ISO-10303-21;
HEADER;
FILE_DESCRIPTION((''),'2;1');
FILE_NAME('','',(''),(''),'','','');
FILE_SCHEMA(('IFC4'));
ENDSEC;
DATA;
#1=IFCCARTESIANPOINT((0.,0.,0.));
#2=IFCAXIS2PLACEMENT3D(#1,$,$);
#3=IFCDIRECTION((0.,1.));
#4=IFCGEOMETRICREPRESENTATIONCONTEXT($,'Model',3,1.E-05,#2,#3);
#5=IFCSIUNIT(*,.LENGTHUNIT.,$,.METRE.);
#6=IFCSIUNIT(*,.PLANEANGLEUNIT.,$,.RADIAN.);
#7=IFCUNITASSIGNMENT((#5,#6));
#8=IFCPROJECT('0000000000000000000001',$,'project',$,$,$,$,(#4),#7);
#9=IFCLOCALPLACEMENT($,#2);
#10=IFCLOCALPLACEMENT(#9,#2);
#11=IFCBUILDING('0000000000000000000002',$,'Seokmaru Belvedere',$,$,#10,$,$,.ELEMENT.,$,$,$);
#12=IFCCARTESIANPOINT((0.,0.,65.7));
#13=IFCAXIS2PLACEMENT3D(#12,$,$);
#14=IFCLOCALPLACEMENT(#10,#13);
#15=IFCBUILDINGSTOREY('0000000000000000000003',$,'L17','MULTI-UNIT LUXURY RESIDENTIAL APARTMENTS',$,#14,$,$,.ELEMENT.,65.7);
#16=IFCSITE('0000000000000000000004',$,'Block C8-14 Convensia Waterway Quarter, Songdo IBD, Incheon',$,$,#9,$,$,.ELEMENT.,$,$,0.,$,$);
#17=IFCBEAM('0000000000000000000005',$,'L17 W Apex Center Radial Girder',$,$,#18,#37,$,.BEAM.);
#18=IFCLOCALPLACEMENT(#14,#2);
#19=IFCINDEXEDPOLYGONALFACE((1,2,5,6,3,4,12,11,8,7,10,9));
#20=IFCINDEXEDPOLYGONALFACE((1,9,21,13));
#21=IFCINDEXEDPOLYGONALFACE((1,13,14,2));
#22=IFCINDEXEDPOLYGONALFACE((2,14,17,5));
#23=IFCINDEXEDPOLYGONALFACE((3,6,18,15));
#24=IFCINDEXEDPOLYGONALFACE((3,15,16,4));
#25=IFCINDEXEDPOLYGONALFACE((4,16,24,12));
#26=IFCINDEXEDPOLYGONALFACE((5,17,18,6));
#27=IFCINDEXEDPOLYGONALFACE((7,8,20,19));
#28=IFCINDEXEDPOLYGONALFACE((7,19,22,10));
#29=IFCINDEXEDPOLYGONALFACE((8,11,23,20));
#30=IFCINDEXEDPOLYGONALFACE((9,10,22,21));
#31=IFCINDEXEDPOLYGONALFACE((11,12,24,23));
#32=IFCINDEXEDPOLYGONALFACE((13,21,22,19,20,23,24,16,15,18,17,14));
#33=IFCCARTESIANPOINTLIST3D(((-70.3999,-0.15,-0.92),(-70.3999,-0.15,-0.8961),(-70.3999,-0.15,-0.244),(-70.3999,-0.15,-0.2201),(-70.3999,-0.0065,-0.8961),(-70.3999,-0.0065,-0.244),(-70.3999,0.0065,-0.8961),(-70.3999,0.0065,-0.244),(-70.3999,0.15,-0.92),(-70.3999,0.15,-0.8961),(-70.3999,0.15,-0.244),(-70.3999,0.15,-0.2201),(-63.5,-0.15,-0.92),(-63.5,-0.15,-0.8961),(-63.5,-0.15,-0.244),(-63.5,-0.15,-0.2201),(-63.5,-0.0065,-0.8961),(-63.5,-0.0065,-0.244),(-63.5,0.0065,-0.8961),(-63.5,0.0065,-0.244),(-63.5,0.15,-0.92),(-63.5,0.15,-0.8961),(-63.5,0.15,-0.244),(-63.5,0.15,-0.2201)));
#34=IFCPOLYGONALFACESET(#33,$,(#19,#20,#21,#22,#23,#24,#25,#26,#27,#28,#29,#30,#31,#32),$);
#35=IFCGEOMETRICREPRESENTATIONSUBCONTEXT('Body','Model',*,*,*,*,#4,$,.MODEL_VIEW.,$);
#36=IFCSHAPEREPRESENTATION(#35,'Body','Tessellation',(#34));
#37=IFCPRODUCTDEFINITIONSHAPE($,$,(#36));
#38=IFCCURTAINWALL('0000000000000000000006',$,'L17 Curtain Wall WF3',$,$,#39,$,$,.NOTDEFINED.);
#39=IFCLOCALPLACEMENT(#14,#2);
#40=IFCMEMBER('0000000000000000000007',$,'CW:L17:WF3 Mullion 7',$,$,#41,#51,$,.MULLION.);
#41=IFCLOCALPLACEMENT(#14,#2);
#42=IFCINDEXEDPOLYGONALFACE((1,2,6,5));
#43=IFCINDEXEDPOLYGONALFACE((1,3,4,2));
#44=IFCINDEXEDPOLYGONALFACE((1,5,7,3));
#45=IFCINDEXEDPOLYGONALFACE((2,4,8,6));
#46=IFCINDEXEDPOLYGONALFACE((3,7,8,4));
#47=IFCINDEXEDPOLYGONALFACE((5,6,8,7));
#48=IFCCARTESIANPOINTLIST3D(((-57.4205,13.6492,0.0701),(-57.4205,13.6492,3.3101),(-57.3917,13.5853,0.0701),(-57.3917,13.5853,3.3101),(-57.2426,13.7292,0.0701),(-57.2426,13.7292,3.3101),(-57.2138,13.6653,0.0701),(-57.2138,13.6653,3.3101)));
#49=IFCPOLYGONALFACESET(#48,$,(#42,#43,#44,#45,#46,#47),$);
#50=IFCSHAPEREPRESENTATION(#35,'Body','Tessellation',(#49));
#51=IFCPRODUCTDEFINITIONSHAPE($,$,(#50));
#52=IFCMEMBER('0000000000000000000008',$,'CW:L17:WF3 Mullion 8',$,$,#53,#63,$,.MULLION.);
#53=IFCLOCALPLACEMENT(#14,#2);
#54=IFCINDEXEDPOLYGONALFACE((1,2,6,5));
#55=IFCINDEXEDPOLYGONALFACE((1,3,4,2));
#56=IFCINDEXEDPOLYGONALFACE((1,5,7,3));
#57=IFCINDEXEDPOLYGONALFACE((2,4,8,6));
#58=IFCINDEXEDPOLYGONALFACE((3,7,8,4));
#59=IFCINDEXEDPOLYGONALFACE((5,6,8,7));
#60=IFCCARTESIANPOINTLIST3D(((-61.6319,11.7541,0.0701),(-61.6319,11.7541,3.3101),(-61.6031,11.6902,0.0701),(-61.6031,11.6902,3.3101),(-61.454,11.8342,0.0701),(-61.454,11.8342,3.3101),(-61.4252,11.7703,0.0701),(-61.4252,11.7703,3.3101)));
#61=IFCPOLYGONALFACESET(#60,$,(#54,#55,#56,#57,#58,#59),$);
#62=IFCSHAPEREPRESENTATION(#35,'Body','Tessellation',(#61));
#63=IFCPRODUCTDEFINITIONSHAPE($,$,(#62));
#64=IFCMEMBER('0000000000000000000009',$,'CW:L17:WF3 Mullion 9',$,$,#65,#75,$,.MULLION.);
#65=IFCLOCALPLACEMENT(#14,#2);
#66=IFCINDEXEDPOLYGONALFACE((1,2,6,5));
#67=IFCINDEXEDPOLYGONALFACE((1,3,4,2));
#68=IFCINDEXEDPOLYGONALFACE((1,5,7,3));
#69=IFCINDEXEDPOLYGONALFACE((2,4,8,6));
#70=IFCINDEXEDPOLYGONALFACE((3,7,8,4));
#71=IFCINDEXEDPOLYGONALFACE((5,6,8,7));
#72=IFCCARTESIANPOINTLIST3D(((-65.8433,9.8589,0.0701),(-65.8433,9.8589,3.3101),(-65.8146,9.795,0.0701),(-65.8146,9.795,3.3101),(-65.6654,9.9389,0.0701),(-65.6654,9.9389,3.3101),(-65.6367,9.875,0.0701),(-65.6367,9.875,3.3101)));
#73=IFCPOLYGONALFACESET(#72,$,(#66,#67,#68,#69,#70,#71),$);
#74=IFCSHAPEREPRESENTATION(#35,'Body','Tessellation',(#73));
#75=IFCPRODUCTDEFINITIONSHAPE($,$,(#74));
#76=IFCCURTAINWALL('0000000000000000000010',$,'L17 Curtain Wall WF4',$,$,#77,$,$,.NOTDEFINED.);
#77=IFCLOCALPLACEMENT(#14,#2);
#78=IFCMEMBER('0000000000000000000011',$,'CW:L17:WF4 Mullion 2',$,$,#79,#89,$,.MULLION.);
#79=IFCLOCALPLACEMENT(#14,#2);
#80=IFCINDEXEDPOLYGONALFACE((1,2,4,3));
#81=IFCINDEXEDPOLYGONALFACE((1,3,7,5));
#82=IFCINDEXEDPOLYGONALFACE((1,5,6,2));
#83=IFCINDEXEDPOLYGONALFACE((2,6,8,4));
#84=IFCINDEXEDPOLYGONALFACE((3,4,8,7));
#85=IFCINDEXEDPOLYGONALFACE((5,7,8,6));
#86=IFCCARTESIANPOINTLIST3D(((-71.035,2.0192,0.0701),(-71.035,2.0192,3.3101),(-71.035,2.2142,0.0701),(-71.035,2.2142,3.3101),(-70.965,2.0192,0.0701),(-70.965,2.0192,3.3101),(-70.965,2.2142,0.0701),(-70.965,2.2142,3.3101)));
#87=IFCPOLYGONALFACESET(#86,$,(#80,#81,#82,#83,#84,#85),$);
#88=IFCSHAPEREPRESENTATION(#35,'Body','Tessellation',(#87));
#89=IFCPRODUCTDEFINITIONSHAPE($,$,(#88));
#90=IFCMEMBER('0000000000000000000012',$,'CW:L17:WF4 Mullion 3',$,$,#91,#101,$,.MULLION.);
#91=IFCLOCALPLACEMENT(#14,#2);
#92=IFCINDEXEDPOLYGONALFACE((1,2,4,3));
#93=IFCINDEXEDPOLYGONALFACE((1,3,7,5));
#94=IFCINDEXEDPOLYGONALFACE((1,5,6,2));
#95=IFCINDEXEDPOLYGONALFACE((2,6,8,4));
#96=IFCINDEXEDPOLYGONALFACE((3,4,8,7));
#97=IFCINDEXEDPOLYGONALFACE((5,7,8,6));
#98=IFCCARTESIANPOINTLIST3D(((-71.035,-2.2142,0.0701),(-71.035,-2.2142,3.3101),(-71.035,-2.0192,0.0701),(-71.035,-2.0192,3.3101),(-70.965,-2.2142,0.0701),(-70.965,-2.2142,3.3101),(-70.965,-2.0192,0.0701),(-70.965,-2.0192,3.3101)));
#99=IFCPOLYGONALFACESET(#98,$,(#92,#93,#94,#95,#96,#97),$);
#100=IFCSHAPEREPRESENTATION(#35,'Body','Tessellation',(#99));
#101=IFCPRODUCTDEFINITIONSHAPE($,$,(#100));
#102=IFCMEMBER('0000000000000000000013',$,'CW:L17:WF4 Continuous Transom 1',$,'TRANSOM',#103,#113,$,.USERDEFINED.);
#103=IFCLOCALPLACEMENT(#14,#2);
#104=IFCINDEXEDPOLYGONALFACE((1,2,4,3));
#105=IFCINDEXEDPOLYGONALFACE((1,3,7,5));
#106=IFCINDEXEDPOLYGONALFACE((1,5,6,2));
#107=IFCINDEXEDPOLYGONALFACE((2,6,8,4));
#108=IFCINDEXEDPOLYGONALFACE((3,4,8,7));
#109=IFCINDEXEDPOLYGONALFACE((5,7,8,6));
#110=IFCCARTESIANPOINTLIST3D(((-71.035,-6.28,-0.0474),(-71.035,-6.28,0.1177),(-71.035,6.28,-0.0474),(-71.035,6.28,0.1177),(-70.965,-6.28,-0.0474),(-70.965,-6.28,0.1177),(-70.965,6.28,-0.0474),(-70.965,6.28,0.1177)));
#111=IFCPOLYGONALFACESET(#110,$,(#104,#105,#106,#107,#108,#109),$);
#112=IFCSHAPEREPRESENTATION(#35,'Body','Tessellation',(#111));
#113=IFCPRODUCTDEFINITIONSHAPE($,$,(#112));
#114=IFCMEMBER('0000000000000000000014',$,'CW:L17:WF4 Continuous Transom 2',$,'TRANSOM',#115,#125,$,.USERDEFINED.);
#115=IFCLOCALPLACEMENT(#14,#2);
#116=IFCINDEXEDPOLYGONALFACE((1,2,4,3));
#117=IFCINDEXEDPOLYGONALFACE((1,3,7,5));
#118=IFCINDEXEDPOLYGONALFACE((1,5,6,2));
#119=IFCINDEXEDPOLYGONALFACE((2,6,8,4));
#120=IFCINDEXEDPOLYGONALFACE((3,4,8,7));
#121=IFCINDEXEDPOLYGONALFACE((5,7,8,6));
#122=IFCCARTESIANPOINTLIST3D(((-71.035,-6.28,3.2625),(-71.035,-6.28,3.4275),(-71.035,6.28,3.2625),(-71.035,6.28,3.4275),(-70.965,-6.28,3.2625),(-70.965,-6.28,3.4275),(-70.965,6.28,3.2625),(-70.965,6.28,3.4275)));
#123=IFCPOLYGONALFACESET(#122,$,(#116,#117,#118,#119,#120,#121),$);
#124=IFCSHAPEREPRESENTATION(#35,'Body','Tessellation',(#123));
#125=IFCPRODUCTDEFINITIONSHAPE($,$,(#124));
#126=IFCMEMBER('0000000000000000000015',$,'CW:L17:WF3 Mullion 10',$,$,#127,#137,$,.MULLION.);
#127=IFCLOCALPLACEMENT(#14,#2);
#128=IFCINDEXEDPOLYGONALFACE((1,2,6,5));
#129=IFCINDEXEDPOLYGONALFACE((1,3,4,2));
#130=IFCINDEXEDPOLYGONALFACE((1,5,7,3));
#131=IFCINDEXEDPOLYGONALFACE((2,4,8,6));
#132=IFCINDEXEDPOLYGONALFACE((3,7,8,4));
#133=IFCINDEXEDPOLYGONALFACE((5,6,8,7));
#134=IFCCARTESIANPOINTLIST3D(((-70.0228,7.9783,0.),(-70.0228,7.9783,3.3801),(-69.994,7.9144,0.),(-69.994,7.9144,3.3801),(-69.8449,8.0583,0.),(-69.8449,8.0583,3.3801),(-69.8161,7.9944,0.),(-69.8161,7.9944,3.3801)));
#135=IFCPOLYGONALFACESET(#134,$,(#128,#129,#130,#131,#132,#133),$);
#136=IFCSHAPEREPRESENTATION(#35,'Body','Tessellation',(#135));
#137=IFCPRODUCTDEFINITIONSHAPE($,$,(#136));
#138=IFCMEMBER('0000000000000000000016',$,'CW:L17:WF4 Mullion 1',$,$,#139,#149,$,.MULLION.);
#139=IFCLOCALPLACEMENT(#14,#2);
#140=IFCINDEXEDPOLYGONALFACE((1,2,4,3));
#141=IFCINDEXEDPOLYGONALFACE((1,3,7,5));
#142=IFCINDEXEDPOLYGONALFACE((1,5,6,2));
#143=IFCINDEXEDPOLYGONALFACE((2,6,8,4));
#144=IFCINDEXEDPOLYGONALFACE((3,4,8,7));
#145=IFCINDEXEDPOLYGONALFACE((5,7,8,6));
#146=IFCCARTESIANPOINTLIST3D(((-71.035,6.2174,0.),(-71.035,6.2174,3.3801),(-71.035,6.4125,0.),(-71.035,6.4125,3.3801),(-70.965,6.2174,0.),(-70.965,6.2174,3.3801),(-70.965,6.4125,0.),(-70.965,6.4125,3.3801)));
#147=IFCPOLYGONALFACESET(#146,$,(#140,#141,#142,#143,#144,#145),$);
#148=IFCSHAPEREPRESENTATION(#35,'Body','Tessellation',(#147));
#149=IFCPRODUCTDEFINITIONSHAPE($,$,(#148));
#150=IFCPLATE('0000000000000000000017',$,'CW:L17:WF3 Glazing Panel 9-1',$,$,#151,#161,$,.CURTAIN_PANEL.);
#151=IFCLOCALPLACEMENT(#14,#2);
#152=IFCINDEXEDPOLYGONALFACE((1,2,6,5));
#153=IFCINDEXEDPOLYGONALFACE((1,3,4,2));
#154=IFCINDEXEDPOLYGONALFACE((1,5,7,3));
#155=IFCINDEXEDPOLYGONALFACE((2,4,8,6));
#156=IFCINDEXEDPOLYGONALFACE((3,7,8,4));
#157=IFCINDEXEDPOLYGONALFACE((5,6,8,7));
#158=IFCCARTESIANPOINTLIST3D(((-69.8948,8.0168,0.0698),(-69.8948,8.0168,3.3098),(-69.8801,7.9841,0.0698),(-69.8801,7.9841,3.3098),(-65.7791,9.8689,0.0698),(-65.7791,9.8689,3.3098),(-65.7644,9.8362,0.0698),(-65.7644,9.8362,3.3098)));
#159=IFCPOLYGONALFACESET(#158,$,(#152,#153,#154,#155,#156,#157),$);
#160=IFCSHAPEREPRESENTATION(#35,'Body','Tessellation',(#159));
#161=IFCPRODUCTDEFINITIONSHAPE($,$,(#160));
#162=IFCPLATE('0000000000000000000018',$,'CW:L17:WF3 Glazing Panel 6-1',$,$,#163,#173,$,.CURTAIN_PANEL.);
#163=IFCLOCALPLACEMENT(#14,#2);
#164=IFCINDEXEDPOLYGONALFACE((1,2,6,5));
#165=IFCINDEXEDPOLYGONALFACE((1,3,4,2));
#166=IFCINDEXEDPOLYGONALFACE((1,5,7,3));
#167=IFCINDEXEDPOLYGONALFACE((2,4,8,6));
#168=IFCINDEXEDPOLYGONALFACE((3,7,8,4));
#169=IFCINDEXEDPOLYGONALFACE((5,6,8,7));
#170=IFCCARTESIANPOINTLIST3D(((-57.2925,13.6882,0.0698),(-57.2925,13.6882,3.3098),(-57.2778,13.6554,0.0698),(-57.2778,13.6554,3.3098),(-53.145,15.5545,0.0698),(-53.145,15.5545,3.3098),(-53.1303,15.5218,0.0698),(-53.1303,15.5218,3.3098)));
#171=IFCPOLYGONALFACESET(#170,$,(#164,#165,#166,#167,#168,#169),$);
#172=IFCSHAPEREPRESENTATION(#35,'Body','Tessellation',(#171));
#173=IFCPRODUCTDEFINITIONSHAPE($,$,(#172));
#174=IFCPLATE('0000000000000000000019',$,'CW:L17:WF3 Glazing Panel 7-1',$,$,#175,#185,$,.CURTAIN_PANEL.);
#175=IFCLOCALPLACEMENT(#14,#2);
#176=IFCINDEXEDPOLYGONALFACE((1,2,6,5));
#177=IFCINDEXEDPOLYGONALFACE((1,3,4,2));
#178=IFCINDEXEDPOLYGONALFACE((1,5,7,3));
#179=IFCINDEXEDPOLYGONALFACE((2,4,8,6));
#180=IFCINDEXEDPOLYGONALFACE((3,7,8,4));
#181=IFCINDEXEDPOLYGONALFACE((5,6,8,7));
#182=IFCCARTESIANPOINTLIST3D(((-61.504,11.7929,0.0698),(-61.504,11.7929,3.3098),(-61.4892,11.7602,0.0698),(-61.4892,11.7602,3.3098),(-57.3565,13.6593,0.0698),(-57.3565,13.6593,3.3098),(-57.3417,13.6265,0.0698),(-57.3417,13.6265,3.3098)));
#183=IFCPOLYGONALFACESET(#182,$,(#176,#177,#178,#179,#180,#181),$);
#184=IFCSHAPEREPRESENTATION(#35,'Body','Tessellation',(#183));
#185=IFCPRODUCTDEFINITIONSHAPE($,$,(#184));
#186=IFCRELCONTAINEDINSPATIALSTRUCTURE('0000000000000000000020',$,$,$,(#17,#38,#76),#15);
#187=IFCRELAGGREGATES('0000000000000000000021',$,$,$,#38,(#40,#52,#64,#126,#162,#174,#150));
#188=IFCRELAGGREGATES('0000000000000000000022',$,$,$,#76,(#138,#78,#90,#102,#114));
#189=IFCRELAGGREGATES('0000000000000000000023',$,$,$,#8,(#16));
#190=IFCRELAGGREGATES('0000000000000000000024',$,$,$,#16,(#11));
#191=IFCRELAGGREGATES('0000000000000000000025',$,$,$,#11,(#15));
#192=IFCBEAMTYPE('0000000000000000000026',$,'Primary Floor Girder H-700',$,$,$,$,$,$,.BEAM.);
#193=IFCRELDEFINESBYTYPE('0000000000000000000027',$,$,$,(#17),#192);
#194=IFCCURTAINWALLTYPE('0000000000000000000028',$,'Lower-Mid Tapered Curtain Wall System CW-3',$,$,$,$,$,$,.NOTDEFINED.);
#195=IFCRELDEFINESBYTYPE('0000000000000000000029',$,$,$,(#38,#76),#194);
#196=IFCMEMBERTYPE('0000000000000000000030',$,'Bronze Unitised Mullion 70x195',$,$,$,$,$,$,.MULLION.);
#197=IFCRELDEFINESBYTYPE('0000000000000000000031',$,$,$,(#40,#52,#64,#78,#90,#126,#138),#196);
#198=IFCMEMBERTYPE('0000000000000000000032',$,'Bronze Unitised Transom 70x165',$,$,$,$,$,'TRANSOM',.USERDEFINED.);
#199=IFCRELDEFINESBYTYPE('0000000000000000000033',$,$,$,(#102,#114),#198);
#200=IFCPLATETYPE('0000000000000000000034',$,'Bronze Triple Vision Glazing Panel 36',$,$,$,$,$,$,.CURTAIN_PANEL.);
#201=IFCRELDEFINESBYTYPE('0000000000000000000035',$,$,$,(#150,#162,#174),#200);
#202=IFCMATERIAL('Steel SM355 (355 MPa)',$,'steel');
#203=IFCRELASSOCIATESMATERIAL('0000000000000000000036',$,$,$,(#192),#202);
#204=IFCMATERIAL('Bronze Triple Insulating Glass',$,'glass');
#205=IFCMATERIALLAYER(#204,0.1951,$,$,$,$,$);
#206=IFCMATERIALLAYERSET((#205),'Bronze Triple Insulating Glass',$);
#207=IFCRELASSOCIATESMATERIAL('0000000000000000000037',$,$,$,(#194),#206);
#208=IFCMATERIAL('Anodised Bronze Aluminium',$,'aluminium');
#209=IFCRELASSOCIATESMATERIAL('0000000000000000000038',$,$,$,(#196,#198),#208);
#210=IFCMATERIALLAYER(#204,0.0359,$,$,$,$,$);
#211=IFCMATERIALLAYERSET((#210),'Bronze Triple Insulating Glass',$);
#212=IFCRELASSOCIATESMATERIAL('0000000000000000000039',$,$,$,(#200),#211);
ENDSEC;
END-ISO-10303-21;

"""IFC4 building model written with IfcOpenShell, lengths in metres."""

from ifc_helpers import new_model, si_unit, direction, frame, origin, origin_2d, place, context, subcontext, project, spatial, rectangle, i_section, extrude, source, transform, mapped, material, layer, layer_set, material_profile, profile_set, type_object, type_shapes, element, aggregate, save


model = new_model("IFC4")

# Units and contexts
model_context = context("Model", 3, precision=1e-05, world=origin(), true_north=direction((0.0, 1.0)))
body_context = subcontext(model_context, "Body", "Model", "MODEL_VIEW")
ifc_project = project(units=[si_unit("LENGTHUNIT", "METRE"), si_unit("PLANEANGLEUNIT", "RADIAN")], contexts=[model_context])

# Site, building, storey
site_placement = place(None, origin())
site = spatial("IfcSite", under=ifc_project, at=site_placement, Name="Block C8-14 Convensia Waterway Quarter, Songdo IBD, Incheon", CompositionType="ELEMENT", RefElevation=0.0)
building_placement = place(site_placement, origin())
building = spatial("IfcBuilding", under=site, at=building_placement, Name="Seokmaru Belvedere", CompositionType="ELEMENT")
storey_placement = place(building_placement, frame((0.0, 0.0, 65.7)))
storey = spatial("IfcBuildingStorey", under=building, at=storey_placement, Name="L17", Description="MULTI-UNIT LUXURY RESIDENTIAL APARTMENTS", CompositionType="ELEMENT", Elevation=65.7)

# Shared definitions
ifc_material_1 = material(Name="Steel SM355 (355 MPa)", Category="steel")

# Beam
ifc_material_profile_1 = material_profile(ifc_material_1, i_section(OverallWidth=0.3, OverallDepth=0.7, WebThickness=0.0129, FlangeThickness=0.0239, at=origin_2d()), Name="H-700x300x13x24")
ifc_profile_set_1 = profile_set([ifc_material_profile_1], Name="Steel SM355 (355 MPa)")
beam_type_1 = type_object("IfcBeamType", Name="Primary Floor Girder H-700", PredefinedType="BEAM", material=ifc_profile_set_1)
shared_shape_1 = source(origin(), body_context, "Body", "SweptSolid", [
    extrude(i_section(OverallWidth=0.3, OverallDepth=0.7, WebThickness=0.0129, FlangeThickness=0.0239, at=origin_2d()), origin(), (0.0, 0.0, 1.0), 6.8999),
])
beam_1_placement = place(storey_placement, frame((-70.3999, 0.0, -0.5701), z_axis=(1.0, 0.0, 0.0), x_axis=(0.0, 1.0, 0.0)))
element("IfcBeam", 1, at=beam_1_placement, inside=storey, type_object=beam_type_1, Name="L17 W Apex Center Radial Girder", PredefinedType="BEAM", context=body_context, shape_type="MappedRepresentation", body=[
    mapped(shared_shape_1, transform((0.0, 0.0, 0.0), scale=1.0)),
])

# Curtain walls, members
ifc_material_2 = material(Name="Bronze Triple Insulating Glass", Category="glass")
ifc_layer_1 = layer(ifc_material_2, 0.1951)
ifc_layer_set_1 = layer_set([ifc_layer_1], Name="Bronze Triple Insulating Glass")
curtain_wall_type = type_object("IfcCurtainWallType", Name="Lower-Mid Tapered Curtain Wall System CW-3", PredefinedType="NOTDEFINED", material=ifc_layer_set_1)
curtain_wall_1_placement = place(storey_placement, origin())
curtain_wall_1 = element("IfcCurtainWall", 2, at=curtain_wall_1_placement, inside=storey, type_object=curtain_wall_type, Name="L17 Curtain Wall WF3", PredefinedType="NOTDEFINED")
ifc_material_3 = material(Name="Anodised Bronze Aluminium", Category="aluminium")
ifc_material_profile_2 = material_profile(ifc_material_3, rectangle(XDim=0.0701, YDim=0.1951, at=origin_2d()), Name="CW-M-70x195")
ifc_profile_set_2 = profile_set([ifc_material_profile_2], Name="Anodised Bronze Aluminium")
member_type_1 = type_object("IfcMemberType", Name="Bronze Unitised Mullion 70x195", PredefinedType="MULLION", material=ifc_profile_set_2)
shared_shape_2 = source(origin(), body_context, "Body", "SweptSolid", [
    extrude(rectangle(XDim=0.0701, YDim=0.1951, at=origin_2d()), origin(), (0.0, 0.0, 1.0), 3.24),
])
member_1_placement = place(storey_placement, frame((-57.3171, 13.6572, 0.0701), z_axis=(0.0, 0.0, 1.0), x_axis=(0.410366, -0.911921, 0.0)))
member_1 = element("IfcMember", 3, at=member_1_placement, type_object=member_type_1, Name="CW:L17:WF3 Mullion 7", PredefinedType="MULLION", context=body_context, shape_type="MappedRepresentation", body=[
    mapped(shared_shape_2, transform((0.0, 0.0, 0.0), scale=1.0)),
])
member_2_placement = place(storey_placement, frame((-61.5286, 11.7622, 0.0701), z_axis=(0.0, 0.0, 1.0), x_axis=(0.410366, -0.911921, 0.0)))
member_2 = element("IfcMember", 4, at=member_2_placement, type_object=member_type_1, Name="CW:L17:WF3 Mullion 8", PredefinedType="MULLION", context=body_context, shape_type="MappedRepresentation", body=[
    mapped(shared_shape_2, transform((0.0, 0.0, 0.0), scale=1.0)),
])
member_3_placement = place(storey_placement, frame((-65.74, 9.8669, 0.0701), z_axis=(0.0, 0.0, 1.0), x_axis=(0.410366, -0.911921, 0.0)))
member_3 = element("IfcMember", 5, at=member_3_placement, type_object=member_type_1, Name="CW:L17:WF3 Mullion 9", PredefinedType="MULLION", context=body_context, shape_type="MappedRepresentation", body=[
    mapped(shared_shape_2, transform((0.0, 0.0, 0.0), scale=1.0)),
])
curtain_wall_2_placement = place(storey_placement, origin())
curtain_wall_2 = element("IfcCurtainWall", 6, at=curtain_wall_2_placement, inside=storey, type_object=curtain_wall_type, Name="L17 Curtain Wall WF4", PredefinedType="NOTDEFINED")
member_4_placement = place(storey_placement, frame((-71.0, 2.1167, 0.0701), z_axis=(0.0, 0.0, 1.0), x_axis=(1.0, 0.0, 0.0)))
member_4 = element("IfcMember", 7, at=member_4_placement, type_object=member_type_1, Name="CW:L17:WF4 Mullion 2", PredefinedType="MULLION", context=body_context, shape_type="MappedRepresentation", body=[
    mapped(shared_shape_2, transform((0.0, 0.0, 0.0), scale=1.0)),
])
member_5_placement = place(storey_placement, frame((-71.0, -2.1167, 0.0701), z_axis=(0.0, 0.0, 1.0), x_axis=(1.0, 0.0, 0.0)))
member_5 = element("IfcMember", 8, at=member_5_placement, type_object=member_type_1, Name="CW:L17:WF4 Mullion 3", PredefinedType="MULLION", context=body_context, shape_type="MappedRepresentation", body=[
    mapped(shared_shape_2, transform((0.0, 0.0, 0.0), scale=1.0)),
])
ifc_material_profile_3 = material_profile(ifc_material_3, rectangle(XDim=0.0701, YDim=0.165, at=origin_2d()), Name="CW-T-70x165")
ifc_profile_set_3 = profile_set([ifc_material_profile_3], Name="Anodised Bronze Aluminium")
member_type_2 = type_object("IfcMemberType", Name="Bronze Unitised Transom 70x165", ElementType="TRANSOM", PredefinedType="USERDEFINED", material=ifc_profile_set_3)
shared_shape_3 = source(origin(), body_context, "Body", "SweptSolid", [
    extrude(rectangle(XDim=0.0701, YDim=0.165, at=origin_2d()), origin(), (0.0, 0.0, 1.0), 12.5601),
])
type_shapes(member_type_2, [shared_shape_3])
member_6_placement = place(storey_placement, frame((-71.0, 6.28, 0.0352), z_axis=(0.0, -1.0, 0.0), x_axis=(1.0, 0.0, 0.0)))
member_6 = element("IfcMember", 9, at=member_6_placement, type_object=member_type_2, Name="CW:L17:WF4 Continuous Transom 1", ObjectType="TRANSOM", PredefinedType="USERDEFINED", context=body_context, shape_type="MappedRepresentation", body=[
    mapped(shared_shape_3, transform((0.0, 0.0, 0.0), scale=1.0)),
])
member_7_placement = place(storey_placement, frame((-71.0, 6.28, 3.345), z_axis=(0.0, -1.0, 0.0), x_axis=(1.0, 0.0, 0.0)))
member_7 = element("IfcMember", 10, at=member_7_placement, type_object=member_type_2, Name="CW:L17:WF4 Continuous Transom 2", ObjectType="TRANSOM", PredefinedType="USERDEFINED", context=body_context, shape_type="MappedRepresentation", body=[
    mapped(shared_shape_3, transform((0.0, 0.0, 0.0), scale=1.0)),
])

# Members
shared_shape_4 = source(origin(), body_context, "Body", "SweptSolid", [
    extrude(rectangle(XDim=0.0701, YDim=0.1951, at=origin_2d()), origin(), (0.0, 0.0, 1.0), 3.3801),
])
type_shapes(member_type_1, [shared_shape_2, shared_shape_4])
member_8_placement = place(storey_placement, frame((-69.9194, 7.9863, 0.0), z_axis=(0.0, 0.0, 1.0), x_axis=(0.410366, -0.911921, 0.0)))
member_8 = element("IfcMember", 11, at=member_8_placement, type_object=member_type_1, Name="CW:L17:WF3 Mullion 10", PredefinedType="MULLION", context=body_context, shape_type="MappedRepresentation", body=[
    mapped(shared_shape_4, transform((0.0, 0.0, 0.0), scale=1.0)),
])
member_9_placement = place(storey_placement, frame((-71.0, 6.3149, 0.0), z_axis=(0.0, 0.0, 1.0), x_axis=(1.0, 0.0, 0.0)))
member_9 = element("IfcMember", 12, at=member_9_placement, type_object=member_type_1, Name="CW:L17:WF4 Mullion 1", PredefinedType="MULLION", context=body_context, shape_type="MappedRepresentation", body=[
    mapped(shared_shape_4, transform((0.0, 0.0, 0.0), scale=1.0)),
])

# Plates
ifc_layer_2 = layer(ifc_material_2, 0.0359)
ifc_layer_set_2 = layer_set([ifc_layer_2], Name="Bronze Triple Insulating Glass")
plate_type = type_object("IfcPlateType", Name="Bronze Triple Vision Glazing Panel 36", PredefinedType="CURTAIN_PANEL", material=ifc_layer_set_2)
shared_shape_5 = source(origin(), body_context, "Body", "SweptSolid", [
    extrude(rectangle(XDim=4.5132, YDim=0.0359, at=origin_2d()), origin(), (0.0, 0.0, 1.0), 3.24),
])
plate_1_placement = place(storey_placement, frame((-67.8296, 8.9265, 0.0698), z_axis=(0.0, 0.0, 1.0), x_axis=(-0.911921, -0.410366, 0.0)))
plate_1 = element("IfcPlate", 13, at=plate_1_placement, type_object=plate_type, Name="CW:L17:WF3 Glazing Panel 9-1", PredefinedType="CURTAIN_PANEL", context=body_context, shape_type="MappedRepresentation", body=[
    mapped(shared_shape_5, transform((0.0, 0.0, 0.0), scale=1.0)),
])
shared_shape_6 = source(origin(), body_context, "Body", "SweptSolid", [
    extrude(rectangle(XDim=4.5481, YDim=0.0359, at=origin_2d()), origin(), (0.0, 0.0, 1.0), 3.24),
])
plate_2_placement = place(storey_placement, frame((-55.2114, 14.605, 0.0698), z_axis=(0.0, 0.0, 1.0), x_axis=(-0.911921, -0.410366, 0.0)))
plate_2 = element("IfcPlate", 14, at=plate_2_placement, type_object=plate_type, Name="CW:L17:WF3 Glazing Panel 6-1", PredefinedType="CURTAIN_PANEL", context=body_context, shape_type="MappedRepresentation", body=[
    mapped(shared_shape_6, transform((0.0, 0.0, 0.0), scale=1.0)),
])
plate_3_placement = place(storey_placement, frame((-59.4229, 12.7097, 0.0698), z_axis=(0.0, 0.0, 1.0), x_axis=(-0.911921, -0.410366, 0.0)))
plate_3 = element("IfcPlate", 15, at=plate_3_placement, type_object=plate_type, Name="CW:L17:WF3 Glazing Panel 7-1", PredefinedType="CURTAIN_PANEL", context=body_context, shape_type="MappedRepresentation", body=[
    mapped(shared_shape_6, transform((0.0, 0.0, 0.0), scale=1.0)),
])
aggregate(curtain_wall_1, [member_1, member_2, member_3, member_8, plate_2, plate_3, plate_1])
aggregate(curtain_wall_2, [member_9, member_4, member_5, member_6, member_7])

save(model, "model.ifc")
